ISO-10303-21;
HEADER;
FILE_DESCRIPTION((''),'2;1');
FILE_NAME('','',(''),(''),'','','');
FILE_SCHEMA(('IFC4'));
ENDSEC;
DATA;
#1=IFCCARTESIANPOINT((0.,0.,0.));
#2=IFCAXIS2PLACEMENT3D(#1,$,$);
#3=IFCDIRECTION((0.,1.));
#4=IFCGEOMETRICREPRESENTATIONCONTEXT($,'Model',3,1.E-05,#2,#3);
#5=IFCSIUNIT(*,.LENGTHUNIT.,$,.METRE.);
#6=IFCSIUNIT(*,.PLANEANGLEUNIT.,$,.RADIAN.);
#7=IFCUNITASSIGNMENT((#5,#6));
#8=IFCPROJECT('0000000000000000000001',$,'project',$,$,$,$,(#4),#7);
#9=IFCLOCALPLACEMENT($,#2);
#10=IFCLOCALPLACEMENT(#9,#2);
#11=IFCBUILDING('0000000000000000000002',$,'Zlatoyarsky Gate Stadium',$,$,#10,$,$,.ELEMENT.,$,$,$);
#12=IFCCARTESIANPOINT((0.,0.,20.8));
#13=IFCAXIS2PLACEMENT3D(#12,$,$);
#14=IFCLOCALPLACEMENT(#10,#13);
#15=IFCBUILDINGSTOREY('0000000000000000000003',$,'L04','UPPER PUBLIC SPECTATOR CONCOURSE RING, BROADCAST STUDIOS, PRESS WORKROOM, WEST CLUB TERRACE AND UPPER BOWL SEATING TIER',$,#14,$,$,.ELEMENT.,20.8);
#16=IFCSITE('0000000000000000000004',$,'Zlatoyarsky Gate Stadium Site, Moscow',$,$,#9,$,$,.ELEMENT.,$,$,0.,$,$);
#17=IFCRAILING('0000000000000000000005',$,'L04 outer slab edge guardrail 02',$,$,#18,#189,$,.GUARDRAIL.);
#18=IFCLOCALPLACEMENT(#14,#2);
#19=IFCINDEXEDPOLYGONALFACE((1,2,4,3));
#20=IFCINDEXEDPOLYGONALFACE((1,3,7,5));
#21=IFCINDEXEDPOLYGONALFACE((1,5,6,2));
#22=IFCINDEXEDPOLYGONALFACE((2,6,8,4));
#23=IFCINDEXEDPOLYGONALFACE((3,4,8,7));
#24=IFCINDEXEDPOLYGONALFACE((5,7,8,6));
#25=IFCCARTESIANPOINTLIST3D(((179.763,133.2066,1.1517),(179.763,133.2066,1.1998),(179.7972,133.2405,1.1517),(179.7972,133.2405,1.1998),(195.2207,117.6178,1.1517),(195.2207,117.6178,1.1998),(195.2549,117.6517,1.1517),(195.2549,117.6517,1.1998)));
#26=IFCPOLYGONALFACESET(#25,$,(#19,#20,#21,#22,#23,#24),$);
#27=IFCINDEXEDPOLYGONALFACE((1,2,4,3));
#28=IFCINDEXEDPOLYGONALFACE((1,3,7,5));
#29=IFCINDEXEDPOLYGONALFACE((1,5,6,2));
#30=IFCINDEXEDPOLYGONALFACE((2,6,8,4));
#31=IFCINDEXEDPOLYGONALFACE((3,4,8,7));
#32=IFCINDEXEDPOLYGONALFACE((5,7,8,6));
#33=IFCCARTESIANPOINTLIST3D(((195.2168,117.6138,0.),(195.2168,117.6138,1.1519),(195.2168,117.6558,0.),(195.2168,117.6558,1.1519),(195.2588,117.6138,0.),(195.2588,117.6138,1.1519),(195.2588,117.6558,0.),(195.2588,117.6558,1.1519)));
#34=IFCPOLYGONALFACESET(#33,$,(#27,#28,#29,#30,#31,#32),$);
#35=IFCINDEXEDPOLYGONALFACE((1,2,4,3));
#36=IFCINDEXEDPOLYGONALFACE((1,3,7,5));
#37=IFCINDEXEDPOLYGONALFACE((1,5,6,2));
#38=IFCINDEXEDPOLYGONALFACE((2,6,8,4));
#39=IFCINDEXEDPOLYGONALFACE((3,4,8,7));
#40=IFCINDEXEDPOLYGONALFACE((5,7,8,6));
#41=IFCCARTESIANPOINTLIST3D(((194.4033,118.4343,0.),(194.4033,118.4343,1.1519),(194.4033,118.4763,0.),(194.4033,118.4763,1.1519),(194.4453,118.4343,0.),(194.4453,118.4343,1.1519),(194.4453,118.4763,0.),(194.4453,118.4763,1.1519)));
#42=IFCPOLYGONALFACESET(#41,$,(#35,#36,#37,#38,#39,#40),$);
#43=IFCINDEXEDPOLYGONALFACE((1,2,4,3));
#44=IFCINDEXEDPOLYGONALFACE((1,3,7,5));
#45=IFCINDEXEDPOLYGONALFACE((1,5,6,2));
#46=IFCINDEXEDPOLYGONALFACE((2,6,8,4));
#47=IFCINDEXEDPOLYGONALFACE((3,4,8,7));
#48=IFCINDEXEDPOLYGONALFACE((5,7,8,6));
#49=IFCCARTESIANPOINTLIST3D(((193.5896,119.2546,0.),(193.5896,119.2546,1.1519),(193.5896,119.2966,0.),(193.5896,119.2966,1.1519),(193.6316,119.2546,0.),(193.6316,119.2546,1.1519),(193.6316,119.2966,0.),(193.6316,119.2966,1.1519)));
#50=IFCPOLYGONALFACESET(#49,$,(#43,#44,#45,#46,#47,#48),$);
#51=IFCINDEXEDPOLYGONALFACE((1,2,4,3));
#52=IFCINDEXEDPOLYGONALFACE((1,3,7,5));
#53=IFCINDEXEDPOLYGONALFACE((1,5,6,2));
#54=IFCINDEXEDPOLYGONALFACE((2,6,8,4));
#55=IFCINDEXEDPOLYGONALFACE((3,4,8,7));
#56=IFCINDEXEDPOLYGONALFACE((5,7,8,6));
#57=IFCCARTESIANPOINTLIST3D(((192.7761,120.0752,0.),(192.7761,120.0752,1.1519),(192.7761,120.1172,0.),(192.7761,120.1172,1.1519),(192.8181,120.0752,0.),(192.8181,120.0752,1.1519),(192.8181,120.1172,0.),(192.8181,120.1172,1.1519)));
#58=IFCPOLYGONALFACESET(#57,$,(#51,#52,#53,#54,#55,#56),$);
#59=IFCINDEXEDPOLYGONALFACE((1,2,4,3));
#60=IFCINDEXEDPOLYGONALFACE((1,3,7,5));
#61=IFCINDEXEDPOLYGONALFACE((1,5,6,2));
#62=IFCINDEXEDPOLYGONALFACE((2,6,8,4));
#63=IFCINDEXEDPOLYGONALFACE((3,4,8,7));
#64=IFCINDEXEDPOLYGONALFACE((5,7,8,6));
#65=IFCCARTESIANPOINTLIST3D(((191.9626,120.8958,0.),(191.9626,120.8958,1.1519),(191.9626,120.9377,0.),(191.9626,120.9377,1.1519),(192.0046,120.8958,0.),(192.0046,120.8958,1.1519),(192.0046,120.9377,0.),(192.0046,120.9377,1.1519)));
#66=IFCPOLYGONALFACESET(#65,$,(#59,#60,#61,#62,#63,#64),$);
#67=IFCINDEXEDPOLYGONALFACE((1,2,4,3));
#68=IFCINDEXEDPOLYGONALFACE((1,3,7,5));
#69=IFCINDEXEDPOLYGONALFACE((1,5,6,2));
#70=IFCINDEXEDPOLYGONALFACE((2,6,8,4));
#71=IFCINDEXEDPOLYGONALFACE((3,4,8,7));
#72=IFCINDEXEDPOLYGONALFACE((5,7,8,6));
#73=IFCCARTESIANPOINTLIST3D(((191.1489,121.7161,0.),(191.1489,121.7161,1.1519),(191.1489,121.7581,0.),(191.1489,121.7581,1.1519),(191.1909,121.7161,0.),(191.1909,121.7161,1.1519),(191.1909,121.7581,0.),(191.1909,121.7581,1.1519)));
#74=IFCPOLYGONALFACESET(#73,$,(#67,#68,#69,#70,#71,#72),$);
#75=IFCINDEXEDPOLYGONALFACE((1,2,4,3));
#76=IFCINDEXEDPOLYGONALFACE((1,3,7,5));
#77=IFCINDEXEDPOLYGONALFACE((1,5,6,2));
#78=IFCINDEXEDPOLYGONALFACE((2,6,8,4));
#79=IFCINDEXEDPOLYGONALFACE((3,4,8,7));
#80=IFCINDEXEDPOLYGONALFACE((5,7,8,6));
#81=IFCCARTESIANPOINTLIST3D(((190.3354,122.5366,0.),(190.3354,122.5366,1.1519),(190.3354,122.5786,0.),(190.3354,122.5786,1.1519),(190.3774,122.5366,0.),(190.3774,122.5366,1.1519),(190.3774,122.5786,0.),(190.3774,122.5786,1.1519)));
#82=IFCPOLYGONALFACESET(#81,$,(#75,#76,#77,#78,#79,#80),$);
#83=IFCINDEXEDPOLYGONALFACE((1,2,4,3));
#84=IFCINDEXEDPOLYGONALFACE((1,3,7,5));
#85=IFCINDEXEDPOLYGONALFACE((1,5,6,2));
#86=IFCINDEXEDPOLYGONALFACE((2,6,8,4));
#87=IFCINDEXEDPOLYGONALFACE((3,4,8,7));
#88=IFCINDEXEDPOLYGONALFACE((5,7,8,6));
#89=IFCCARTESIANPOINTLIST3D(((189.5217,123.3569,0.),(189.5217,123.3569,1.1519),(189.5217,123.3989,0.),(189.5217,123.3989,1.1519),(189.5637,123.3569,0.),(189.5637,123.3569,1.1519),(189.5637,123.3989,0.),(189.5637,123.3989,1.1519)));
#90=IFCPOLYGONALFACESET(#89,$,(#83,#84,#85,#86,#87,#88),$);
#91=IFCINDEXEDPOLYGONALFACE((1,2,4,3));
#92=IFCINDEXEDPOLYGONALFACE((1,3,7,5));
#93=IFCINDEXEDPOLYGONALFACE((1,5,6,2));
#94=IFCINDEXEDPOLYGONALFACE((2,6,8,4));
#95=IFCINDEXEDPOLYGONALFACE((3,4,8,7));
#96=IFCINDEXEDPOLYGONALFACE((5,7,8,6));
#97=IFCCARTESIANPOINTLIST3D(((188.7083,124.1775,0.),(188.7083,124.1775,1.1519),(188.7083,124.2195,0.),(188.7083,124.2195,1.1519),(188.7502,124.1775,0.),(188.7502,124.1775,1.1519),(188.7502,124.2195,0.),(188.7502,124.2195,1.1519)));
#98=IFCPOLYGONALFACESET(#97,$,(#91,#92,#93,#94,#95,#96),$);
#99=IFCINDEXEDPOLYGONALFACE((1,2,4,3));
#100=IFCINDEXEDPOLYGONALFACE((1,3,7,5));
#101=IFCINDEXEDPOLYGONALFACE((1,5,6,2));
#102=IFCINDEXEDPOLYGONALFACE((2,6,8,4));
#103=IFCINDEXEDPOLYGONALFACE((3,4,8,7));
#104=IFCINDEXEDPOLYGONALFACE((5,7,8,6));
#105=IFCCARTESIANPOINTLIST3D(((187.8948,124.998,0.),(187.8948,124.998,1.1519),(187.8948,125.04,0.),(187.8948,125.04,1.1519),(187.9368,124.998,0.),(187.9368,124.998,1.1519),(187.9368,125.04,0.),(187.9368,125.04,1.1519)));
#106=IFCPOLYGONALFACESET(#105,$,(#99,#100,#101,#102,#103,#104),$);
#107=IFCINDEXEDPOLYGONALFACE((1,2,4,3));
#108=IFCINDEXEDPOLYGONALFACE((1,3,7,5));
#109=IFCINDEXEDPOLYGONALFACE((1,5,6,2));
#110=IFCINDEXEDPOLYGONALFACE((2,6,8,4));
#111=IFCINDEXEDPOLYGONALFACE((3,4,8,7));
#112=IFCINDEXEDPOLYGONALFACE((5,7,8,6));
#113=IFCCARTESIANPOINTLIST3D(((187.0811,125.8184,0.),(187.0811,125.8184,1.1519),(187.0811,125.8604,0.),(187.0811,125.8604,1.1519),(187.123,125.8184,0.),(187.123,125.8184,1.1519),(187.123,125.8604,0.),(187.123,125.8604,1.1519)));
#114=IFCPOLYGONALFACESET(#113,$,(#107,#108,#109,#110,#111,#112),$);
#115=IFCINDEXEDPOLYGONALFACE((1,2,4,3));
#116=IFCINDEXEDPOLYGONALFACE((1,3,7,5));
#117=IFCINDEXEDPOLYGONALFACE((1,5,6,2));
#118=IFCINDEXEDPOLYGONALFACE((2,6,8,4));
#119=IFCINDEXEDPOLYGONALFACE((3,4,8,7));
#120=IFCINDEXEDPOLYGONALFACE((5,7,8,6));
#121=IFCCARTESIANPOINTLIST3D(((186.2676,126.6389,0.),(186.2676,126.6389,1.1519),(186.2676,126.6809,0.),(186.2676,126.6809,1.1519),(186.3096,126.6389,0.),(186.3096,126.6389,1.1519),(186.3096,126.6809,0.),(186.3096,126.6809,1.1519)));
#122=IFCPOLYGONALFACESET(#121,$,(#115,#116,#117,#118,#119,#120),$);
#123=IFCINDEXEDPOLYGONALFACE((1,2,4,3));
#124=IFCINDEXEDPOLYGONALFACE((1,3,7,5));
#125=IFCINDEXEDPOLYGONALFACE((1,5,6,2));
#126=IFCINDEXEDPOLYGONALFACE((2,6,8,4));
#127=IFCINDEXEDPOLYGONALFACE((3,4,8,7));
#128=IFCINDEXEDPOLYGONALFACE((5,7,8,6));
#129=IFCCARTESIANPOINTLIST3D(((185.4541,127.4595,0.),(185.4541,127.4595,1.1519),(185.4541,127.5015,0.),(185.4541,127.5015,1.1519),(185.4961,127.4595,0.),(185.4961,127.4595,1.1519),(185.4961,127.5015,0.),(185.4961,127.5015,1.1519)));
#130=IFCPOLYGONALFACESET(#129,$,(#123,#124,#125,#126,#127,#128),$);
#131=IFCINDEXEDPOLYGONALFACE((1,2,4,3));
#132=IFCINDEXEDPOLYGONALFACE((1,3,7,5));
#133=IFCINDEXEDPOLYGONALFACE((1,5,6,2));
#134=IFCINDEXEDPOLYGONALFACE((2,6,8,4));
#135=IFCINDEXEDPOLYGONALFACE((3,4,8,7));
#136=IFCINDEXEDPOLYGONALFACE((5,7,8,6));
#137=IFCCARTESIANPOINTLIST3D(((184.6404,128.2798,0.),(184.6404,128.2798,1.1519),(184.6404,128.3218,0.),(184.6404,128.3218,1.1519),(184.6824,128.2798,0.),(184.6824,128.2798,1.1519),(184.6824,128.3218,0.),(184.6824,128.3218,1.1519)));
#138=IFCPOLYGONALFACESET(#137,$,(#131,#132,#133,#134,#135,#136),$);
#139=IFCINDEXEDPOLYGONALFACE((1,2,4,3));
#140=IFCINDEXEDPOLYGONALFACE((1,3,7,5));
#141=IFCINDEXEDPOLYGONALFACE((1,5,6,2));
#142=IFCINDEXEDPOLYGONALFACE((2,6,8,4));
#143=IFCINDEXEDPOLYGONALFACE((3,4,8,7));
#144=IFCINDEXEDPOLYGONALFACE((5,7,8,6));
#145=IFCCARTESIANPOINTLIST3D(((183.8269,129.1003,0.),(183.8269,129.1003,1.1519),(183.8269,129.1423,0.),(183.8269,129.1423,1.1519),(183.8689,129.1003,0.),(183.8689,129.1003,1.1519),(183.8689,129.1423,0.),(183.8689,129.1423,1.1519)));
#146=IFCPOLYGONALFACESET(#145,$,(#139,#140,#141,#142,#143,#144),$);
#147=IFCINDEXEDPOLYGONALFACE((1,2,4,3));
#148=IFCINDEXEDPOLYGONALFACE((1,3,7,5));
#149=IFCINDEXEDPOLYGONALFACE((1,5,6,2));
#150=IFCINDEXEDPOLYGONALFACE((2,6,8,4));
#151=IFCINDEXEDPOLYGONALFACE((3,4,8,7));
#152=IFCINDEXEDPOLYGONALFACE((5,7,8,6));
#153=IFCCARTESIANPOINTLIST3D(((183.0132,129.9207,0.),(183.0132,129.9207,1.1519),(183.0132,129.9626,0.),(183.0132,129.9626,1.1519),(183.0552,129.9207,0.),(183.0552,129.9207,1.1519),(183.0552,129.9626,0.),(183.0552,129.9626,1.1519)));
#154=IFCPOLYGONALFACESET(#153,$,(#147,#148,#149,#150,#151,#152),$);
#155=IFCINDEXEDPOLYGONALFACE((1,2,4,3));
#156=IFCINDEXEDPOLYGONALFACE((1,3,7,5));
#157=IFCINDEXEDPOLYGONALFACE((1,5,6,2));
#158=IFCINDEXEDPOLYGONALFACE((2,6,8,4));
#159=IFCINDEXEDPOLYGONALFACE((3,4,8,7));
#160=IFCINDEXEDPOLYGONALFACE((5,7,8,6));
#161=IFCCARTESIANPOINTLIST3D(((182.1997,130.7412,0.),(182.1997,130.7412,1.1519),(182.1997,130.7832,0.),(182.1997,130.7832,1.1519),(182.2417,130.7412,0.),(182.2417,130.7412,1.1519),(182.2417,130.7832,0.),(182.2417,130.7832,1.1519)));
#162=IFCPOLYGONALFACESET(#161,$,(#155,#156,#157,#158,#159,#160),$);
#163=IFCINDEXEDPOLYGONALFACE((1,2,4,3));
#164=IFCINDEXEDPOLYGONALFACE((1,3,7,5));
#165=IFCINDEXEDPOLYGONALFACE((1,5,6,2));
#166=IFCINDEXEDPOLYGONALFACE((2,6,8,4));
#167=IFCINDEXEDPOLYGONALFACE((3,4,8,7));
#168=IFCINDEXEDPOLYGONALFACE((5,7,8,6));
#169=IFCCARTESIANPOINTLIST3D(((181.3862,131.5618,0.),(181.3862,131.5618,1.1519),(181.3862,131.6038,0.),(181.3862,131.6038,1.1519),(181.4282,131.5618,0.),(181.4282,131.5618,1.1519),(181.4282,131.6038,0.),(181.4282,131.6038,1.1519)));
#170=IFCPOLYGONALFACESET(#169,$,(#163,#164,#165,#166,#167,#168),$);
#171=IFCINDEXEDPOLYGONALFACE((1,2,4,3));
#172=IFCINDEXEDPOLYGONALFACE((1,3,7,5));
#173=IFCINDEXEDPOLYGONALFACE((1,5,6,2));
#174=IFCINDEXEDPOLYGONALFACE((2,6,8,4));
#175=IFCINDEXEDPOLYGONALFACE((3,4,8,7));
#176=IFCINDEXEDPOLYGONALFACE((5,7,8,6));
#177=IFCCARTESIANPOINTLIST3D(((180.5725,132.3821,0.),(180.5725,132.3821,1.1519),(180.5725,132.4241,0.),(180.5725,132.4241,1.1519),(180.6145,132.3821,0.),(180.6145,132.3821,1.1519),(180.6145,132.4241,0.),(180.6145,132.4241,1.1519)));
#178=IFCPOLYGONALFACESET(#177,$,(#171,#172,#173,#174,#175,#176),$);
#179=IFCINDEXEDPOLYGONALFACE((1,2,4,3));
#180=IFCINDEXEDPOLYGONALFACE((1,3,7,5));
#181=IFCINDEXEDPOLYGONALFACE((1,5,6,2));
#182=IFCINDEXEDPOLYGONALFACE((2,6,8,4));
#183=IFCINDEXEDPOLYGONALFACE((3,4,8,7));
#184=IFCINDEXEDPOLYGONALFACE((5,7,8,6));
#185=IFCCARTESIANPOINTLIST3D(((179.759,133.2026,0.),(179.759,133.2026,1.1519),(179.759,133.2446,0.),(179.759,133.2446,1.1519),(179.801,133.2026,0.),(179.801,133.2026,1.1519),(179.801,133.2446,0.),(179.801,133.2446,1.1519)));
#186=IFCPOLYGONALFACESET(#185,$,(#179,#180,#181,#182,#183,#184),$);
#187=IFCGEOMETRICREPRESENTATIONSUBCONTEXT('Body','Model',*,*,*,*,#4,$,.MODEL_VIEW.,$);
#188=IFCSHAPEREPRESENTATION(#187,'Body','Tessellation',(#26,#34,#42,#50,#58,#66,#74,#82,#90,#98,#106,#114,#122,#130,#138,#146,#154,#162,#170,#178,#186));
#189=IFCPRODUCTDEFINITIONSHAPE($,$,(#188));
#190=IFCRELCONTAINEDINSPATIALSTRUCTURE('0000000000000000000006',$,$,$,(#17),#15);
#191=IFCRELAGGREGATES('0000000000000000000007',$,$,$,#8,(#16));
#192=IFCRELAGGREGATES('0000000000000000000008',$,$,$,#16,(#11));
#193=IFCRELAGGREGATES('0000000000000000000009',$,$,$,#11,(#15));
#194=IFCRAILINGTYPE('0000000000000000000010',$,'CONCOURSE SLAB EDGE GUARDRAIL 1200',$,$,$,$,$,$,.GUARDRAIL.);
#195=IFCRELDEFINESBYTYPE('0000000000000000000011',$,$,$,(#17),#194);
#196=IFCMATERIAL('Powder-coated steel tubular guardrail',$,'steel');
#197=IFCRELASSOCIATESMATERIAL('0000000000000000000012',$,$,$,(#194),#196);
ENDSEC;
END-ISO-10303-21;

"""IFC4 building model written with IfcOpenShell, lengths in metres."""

from ifc_helpers import new_model, si_unit, direction, frame, origin, origin_2d, place, context, subcontext, project, spatial, rectangle, extrude, material, type_object, element, save


model = new_model("IFC4")

# Units and contexts
model_context = context("Model", 3, precision=1e-05, world=origin(), true_north=direction((0.0, 1.0)))
body_context = subcontext(model_context, "Body", "Model", "MODEL_VIEW")
ifc_project = project(units=[si_unit("LENGTHUNIT", "METRE"), si_unit("PLANEANGLEUNIT", "RADIAN")], contexts=[model_context])

# Site, building, storey
site_placement = place(None, origin())
site = spatial("IfcSite", under=ifc_project, at=site_placement, Name="Zlatoyarsky Gate Stadium Site, Moscow", CompositionType="ELEMENT", RefElevation=0.0)
building_placement = place(site_placement, origin())
building = spatial("IfcBuilding", under=site, at=building_placement, Name="Zlatoyarsky Gate Stadium", CompositionType="ELEMENT")
storey_placement = place(building_placement, frame((0.0, 0.0, 20.8)))
storey = spatial("IfcBuildingStorey", under=building, at=storey_placement, Name="L04", Description="UPPER PUBLIC SPECTATOR CONCOURSE RING, BROADCAST STUDIOS, PRESS WORKROOM, WEST CLUB TERRACE AND UPPER BOWL SEATING TIER", CompositionType="ELEMENT", Elevation=20.8)

# Railing
ifc_material_1 = material(Name="Powder-coated steel tubular guardrail", Category="steel")
railing_type_1 = type_object("IfcRailingType", Name="CONCOURSE SLAB EDGE GUARDRAIL 1200", PredefinedType="GUARDRAIL", material=ifc_material_1)
railing_1_placement = place(storey_placement, frame((195.2378, 117.6348, 0.0)))
element("IfcRailing", 1, at=railing_1_placement, inside=storey, type_object=railing_type_1, Name="L04 outer slab edge guardrail 02", PredefinedType="GUARDRAIL", context=body_context, shape_type="SweptSolid", body=[
    extrude(rectangle(XDim=0.0481, YDim=0.0481, at=origin_2d()), frame((0.0, 0.0, 1.1758), z_axis=(-0.704115, 0.710086, 0.0), x_axis=(-0.710086, -0.704115, 0.0)), (0.0, 0.0, 1.0), 21.9534),
    extrude(rectangle(XDim=0.042, YDim=0.042, at=origin_2d()), origin(), (0.0, 0.0, 1.0), 1.1519),
    extrude(rectangle(XDim=0.042, YDim=0.042, at=origin_2d()), frame((-0.8135, 0.8206, 0.0)), (0.0, 0.0, 1.0), 1.1519),
    extrude(rectangle(XDim=0.042, YDim=0.042, at=origin_2d()), frame((-1.6272, 1.6409, 0.0)), (0.0, 0.0, 1.0), 1.1519),
    extrude(rectangle(XDim=0.042, YDim=0.042, at=origin_2d()), frame((-2.4407, 2.4614, 0.0)), (0.0, 0.0, 1.0), 1.1519),
    extrude(rectangle(XDim=0.042, YDim=0.042, at=origin_2d()), frame((-3.2542, 3.282, 0.0)), (0.0, 0.0, 1.0), 1.1519),
    extrude(rectangle(XDim=0.042, YDim=0.042, at=origin_2d()), frame((-4.0679, 4.1023, 0.0)), (0.0, 0.0, 1.0), 1.1519),
    extrude(rectangle(XDim=0.042, YDim=0.042, at=origin_2d()), frame((-4.8813, 4.9229, 0.0)), (0.0, 0.0, 1.0), 1.1519),
    extrude(rectangle(XDim=0.042, YDim=0.042, at=origin_2d()), frame((-5.6951, 5.7432, 0.0)), (0.0, 0.0, 1.0), 1.1519),
    extrude(rectangle(XDim=0.042, YDim=0.042, at=origin_2d()), frame((-6.5085, 6.5637, 0.0)), (0.0, 0.0, 1.0), 1.1519),
    extrude(rectangle(XDim=0.042, YDim=0.042, at=origin_2d()), frame((-7.322, 7.3843, 0.0)), (0.0, 0.0, 1.0), 1.1519),
    extrude(rectangle(XDim=0.042, YDim=0.042, at=origin_2d()), frame((-8.1357, 8.2046, 0.0)), (0.0, 0.0, 1.0), 1.1519),
    extrude(rectangle(XDim=0.042, YDim=0.042, at=origin_2d()), frame((-8.9492, 9.0251, 0.0)), (0.0, 0.0, 1.0), 1.1519),
    extrude(rectangle(XDim=0.042, YDim=0.042, at=origin_2d()), frame((-9.7627, 9.8457, 0.0)), (0.0, 0.0, 1.0), 1.1519),
    extrude(rectangle(XDim=0.042, YDim=0.042, at=origin_2d()), frame((-10.5764, 10.666, 0.0)), (0.0, 0.0, 1.0), 1.1519),
    extrude(rectangle(XDim=0.042, YDim=0.042, at=origin_2d()), frame((-11.3899, 11.4866, 0.0)), (0.0, 0.0, 1.0), 1.1519),
    extrude(rectangle(XDim=0.042, YDim=0.042, at=origin_2d()), frame((-12.2036, 12.3069, 0.0)), (0.0, 0.0, 1.0), 1.1519),
    extrude(rectangle(XDim=0.042, YDim=0.042, at=origin_2d()), frame((-13.0171, 13.1274, 0.0)), (0.0, 0.0, 1.0), 1.1519),
    extrude(rectangle(XDim=0.042, YDim=0.042, at=origin_2d()), frame((-13.8306, 13.948, 0.0)), (0.0, 0.0, 1.0), 1.1519),
    extrude(rectangle(XDim=0.042, YDim=0.042, at=origin_2d()), frame((-14.6443, 14.7683, 0.0)), (0.0, 0.0, 1.0), 1.1519),
    extrude(rectangle(XDim=0.042, YDim=0.042, at=origin_2d()), frame((-15.4578, 15.5889, 0.0)), (0.0, 0.0, 1.0), 1.1519),
])

save(model, "model.ifc")
